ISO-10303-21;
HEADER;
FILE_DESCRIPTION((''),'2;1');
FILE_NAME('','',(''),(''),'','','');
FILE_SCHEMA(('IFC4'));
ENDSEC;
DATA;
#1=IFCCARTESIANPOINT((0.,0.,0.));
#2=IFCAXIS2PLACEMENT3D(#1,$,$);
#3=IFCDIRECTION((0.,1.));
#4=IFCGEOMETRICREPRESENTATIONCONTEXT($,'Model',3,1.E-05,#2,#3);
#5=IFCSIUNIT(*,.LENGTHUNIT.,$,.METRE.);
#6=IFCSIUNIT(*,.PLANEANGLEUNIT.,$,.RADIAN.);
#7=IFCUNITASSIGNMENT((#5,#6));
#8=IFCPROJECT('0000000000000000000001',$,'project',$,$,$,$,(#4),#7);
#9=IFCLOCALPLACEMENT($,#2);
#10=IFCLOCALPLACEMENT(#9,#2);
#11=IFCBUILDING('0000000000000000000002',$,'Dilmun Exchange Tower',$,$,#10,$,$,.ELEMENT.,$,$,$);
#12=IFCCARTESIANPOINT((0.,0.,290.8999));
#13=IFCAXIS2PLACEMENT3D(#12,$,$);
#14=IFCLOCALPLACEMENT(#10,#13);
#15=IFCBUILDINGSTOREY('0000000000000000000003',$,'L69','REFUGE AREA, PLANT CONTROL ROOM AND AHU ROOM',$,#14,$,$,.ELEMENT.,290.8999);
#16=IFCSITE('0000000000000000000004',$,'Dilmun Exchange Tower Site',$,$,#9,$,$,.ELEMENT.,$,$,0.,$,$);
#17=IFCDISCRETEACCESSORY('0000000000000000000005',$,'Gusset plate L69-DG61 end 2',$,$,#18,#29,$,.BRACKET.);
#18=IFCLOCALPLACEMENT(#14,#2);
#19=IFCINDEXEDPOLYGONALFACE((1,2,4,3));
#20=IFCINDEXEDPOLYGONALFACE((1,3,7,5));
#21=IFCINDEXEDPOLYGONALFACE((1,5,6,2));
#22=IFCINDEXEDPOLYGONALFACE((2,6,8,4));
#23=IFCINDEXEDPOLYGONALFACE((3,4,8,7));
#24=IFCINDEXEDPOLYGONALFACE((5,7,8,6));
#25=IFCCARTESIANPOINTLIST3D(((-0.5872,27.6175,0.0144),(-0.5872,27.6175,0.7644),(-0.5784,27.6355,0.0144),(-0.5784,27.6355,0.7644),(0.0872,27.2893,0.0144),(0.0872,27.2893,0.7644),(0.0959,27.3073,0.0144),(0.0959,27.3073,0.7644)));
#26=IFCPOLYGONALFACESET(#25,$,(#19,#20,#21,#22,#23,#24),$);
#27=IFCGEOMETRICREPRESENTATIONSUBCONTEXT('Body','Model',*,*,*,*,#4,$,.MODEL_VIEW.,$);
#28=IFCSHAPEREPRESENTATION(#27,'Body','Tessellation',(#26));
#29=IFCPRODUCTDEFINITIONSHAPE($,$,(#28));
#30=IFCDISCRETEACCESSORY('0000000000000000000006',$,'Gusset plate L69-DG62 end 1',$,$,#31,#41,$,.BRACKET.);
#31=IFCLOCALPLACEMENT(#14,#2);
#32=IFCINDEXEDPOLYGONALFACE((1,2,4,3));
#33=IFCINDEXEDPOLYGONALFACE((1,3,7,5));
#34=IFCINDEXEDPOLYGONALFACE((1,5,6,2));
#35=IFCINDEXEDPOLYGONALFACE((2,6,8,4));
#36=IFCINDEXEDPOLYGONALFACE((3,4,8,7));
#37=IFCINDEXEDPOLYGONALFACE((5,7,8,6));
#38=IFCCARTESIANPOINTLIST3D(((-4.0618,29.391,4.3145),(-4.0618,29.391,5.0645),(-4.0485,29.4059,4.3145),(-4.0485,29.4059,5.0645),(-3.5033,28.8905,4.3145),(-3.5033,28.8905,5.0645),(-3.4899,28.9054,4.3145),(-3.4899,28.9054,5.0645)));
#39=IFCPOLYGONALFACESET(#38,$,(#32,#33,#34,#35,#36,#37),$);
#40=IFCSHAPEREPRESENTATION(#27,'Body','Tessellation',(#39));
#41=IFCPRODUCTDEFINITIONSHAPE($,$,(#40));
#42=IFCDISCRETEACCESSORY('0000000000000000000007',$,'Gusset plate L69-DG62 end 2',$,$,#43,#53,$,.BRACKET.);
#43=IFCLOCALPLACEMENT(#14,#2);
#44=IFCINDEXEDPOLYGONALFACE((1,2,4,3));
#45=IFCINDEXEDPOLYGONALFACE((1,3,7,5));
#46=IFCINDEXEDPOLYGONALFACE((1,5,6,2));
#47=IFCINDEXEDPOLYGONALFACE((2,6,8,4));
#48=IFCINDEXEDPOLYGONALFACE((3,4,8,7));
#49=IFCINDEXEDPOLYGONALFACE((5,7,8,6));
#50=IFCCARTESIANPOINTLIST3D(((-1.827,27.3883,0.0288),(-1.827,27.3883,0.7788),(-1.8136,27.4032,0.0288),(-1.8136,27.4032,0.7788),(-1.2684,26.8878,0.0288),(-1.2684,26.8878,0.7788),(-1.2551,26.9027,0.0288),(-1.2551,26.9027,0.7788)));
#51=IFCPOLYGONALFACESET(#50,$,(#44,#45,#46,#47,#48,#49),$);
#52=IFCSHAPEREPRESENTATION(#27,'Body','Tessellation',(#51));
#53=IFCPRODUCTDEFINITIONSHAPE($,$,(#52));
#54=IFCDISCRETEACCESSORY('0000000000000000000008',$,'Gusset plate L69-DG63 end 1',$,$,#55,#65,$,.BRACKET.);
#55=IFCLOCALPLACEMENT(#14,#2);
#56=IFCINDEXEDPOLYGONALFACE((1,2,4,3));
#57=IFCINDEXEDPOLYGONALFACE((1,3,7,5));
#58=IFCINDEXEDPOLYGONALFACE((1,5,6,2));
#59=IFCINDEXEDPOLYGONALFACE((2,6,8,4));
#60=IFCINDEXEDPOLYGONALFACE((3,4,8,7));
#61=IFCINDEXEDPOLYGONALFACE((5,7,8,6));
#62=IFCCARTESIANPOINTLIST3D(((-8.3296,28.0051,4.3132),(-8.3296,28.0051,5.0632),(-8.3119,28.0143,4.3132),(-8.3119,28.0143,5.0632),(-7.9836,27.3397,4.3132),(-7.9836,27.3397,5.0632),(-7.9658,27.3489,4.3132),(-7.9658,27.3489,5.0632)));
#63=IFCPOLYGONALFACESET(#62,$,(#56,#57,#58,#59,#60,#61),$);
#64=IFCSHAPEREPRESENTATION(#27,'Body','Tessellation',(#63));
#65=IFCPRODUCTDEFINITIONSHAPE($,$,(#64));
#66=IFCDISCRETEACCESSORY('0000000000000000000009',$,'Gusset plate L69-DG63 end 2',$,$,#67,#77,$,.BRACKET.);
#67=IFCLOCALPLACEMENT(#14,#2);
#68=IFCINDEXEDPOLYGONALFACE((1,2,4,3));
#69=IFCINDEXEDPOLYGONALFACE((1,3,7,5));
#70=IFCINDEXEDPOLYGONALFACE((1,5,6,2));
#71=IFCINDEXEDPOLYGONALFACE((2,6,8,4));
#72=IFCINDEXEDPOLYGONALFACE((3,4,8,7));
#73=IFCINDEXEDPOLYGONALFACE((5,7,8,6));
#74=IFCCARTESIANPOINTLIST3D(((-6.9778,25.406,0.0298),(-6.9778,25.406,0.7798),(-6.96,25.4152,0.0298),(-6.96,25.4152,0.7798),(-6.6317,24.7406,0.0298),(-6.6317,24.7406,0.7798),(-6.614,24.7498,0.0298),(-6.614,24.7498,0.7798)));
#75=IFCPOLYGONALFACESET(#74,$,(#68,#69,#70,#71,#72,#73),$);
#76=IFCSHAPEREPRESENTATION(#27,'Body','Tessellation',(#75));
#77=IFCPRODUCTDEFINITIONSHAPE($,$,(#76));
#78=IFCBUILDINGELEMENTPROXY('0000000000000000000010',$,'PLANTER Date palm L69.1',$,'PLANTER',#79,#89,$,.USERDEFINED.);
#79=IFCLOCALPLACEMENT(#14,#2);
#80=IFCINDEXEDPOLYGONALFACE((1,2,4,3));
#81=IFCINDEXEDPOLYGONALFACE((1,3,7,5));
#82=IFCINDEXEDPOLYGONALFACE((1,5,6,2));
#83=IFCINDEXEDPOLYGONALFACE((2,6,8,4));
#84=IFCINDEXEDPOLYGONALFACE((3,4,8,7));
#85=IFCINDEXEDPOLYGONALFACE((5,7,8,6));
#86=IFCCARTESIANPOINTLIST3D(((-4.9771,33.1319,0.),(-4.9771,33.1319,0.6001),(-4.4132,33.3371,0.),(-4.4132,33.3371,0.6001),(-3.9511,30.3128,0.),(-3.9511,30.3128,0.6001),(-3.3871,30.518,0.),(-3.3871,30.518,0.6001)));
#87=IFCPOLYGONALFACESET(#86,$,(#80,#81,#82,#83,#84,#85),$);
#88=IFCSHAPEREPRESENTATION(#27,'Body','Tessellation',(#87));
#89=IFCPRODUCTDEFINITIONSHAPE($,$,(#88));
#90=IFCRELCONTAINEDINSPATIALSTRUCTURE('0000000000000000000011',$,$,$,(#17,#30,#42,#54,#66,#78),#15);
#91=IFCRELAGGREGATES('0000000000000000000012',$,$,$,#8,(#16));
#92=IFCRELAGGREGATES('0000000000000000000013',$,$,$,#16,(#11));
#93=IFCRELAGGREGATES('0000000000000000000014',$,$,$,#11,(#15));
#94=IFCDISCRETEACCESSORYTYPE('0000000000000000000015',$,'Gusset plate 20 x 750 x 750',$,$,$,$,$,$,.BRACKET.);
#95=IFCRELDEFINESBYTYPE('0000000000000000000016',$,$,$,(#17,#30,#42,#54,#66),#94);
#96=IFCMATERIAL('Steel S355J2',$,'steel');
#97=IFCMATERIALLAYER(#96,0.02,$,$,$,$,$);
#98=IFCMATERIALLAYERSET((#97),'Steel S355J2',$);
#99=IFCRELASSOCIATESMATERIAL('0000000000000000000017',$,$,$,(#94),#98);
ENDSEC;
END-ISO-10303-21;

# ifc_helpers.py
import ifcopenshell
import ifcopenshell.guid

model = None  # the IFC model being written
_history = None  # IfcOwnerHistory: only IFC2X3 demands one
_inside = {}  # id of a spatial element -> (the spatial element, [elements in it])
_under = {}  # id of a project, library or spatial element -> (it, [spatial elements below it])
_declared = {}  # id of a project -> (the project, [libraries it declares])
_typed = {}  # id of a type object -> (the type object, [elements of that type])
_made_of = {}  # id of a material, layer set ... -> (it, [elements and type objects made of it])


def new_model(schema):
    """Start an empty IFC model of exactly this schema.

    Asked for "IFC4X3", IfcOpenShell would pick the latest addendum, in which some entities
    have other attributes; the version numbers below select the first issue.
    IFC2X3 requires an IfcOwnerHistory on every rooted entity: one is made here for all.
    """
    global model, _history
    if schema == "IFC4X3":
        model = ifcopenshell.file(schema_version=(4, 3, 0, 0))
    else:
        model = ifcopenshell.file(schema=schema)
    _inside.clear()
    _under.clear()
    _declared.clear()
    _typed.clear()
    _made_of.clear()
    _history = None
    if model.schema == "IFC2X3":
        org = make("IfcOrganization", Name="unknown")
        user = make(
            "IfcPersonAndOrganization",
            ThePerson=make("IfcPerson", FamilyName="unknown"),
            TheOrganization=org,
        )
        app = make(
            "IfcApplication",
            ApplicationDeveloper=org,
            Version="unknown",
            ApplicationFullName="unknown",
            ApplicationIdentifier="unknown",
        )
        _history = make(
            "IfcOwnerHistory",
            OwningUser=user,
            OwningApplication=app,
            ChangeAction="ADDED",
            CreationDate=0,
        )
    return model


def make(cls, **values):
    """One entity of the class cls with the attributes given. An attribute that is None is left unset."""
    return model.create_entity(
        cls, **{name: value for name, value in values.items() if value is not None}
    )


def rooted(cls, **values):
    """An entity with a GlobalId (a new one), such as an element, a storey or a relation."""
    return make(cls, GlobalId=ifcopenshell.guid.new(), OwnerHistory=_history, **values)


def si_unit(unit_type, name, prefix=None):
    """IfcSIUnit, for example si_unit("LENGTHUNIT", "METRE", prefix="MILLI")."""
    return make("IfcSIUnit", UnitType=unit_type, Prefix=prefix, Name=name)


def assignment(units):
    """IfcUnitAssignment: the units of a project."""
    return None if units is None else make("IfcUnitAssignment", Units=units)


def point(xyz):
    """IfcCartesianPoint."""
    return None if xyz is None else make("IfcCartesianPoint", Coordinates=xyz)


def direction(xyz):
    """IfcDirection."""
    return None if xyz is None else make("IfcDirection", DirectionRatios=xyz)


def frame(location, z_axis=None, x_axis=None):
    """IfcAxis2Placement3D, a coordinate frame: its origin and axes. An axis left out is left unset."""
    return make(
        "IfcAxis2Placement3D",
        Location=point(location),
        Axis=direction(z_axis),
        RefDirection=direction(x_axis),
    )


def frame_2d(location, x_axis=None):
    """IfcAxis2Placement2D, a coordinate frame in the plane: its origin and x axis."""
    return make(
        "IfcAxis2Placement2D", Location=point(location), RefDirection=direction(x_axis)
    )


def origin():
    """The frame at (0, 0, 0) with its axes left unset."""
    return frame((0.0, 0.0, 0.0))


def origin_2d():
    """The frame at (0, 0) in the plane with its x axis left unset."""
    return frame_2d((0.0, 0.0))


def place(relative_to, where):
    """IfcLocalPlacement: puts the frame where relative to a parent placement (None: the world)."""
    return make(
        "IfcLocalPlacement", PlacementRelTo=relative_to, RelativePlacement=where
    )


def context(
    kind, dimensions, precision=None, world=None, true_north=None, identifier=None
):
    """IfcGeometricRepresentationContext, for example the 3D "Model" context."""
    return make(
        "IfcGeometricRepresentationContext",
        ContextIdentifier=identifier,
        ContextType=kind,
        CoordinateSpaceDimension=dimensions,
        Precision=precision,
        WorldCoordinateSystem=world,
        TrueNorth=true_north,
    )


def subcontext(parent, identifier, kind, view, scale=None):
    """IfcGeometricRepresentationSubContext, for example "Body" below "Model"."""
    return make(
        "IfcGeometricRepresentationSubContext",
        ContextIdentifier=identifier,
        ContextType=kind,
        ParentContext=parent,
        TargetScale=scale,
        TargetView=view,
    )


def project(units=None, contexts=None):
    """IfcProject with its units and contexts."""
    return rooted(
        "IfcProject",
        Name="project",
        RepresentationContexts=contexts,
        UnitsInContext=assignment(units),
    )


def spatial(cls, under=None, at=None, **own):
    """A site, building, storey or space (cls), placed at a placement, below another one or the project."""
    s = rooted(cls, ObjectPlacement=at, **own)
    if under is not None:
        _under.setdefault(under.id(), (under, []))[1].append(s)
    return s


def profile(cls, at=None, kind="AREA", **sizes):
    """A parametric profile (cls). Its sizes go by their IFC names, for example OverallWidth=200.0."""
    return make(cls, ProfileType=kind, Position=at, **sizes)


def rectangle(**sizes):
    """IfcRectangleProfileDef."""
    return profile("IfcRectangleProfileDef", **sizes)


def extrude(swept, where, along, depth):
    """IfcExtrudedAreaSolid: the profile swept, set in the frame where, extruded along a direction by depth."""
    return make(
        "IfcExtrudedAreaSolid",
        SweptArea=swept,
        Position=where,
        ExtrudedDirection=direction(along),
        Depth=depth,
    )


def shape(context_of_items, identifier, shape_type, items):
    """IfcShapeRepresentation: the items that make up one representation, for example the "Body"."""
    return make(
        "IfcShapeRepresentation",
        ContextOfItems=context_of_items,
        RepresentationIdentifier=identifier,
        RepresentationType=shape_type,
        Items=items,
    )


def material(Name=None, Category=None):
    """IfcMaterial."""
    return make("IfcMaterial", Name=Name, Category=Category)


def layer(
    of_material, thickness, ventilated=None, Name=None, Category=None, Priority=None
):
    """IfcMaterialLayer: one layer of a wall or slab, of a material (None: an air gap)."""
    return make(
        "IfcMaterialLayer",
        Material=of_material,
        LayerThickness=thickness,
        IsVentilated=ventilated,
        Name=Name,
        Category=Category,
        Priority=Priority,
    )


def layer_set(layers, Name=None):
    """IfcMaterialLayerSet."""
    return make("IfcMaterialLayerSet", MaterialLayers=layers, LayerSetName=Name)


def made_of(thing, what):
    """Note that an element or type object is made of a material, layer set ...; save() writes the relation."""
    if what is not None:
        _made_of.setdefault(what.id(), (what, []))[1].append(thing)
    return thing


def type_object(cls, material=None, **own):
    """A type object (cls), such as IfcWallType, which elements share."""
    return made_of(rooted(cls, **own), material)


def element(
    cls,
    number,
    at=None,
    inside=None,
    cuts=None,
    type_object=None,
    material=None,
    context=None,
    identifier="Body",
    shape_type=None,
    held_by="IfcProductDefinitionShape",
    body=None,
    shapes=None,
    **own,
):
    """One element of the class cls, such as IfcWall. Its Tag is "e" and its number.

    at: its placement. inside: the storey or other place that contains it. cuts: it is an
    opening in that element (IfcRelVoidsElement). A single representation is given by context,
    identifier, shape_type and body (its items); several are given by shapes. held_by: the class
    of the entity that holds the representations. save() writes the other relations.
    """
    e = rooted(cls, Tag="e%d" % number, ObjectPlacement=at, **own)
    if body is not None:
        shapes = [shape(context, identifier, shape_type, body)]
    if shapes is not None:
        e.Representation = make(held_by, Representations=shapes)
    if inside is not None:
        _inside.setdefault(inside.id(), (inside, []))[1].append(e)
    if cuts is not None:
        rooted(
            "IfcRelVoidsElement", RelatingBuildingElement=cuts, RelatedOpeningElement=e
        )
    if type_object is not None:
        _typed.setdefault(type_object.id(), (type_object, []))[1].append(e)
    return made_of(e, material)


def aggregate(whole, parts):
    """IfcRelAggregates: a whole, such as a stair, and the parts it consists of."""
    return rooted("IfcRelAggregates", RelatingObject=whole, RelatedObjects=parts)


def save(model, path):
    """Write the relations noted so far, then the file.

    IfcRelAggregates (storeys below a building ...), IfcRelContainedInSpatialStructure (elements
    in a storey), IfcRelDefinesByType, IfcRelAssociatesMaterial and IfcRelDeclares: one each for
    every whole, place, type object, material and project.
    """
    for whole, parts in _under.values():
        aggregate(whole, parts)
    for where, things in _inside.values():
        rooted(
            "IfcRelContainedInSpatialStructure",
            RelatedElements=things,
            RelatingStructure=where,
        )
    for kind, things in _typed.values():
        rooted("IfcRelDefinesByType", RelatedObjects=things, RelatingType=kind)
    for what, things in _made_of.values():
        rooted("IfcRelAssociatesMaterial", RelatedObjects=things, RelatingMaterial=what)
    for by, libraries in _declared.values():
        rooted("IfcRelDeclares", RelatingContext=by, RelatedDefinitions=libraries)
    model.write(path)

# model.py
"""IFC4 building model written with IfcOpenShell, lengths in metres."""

from ifc_helpers import new_model, si_unit, direction, frame, origin, origin_2d, place, context, subcontext, project, spatial, rectangle, extrude, material, layer, layer_set, type_object, element, save


model = new_model("IFC4")

# Units and contexts
model_context = context("Model", 3, precision=1e-05, world=origin(), true_north=direction((0.0, 1.0)))
body_context = subcontext(model_context, "Body", "Model", "MODEL_VIEW")
ifc_project = project(units=[si_unit("LENGTHUNIT", "METRE"), si_unit("PLANEANGLEUNIT", "RADIAN")], contexts=[model_context])

# Site, building, storey
site_placement = place(None, origin())
site = spatial("IfcSite", under=ifc_project, at=site_placement, Name="Dilmun Exchange Tower Site", CompositionType="ELEMENT", RefElevation=0.0)
building_placement = place(site_placement, origin())
building = spatial("IfcBuilding", under=site, at=building_placement, Name="Dilmun Exchange Tower", CompositionType="ELEMENT")
storey_placement = place(building_placement, frame((0.0, 0.0, 290.8999)))
storey = spatial("IfcBuildingStorey", under=building, at=storey_placement, Name="L69", Description="REFUGE AREA, PLANT CONTROL ROOM AND AHU ROOM", CompositionType="ELEMENT", Elevation=290.8999)

# Discrete accessories
ifc_material_1 = material(Name="Steel S355J2", Category="steel")
ifc_layer_1 = layer(ifc_material_1, 0.02)
ifc_layer_set_1 = layer_set([ifc_layer_1], Name="Steel S355J2")
discrete_accessory_type = type_object("IfcDiscreteAccessoryType", Name="Gusset plate 20 x 750 x 750", PredefinedType="BRACKET", material=ifc_layer_set_1)
for number, where, z_axis, x_axis, name in (
    (1, (-0.2456, 27.4624, 0.0144), (0.0, 0.0, 1.0), (0.89912, -0.437703, 0.0), "Gusset plate L69-DG61 end 2"),
    (2, (-3.7759, 29.1482, 4.3145), (0.0, 0.0, 1.0), (0.744728, -0.667369, 0.0), "Gusset plate L69-DG62 end 1"),
    (3, (-1.541, 27.1455, 0.0288), (0.0, 0.0, 1.0), (0.744728, -0.667369, 0.0), "Gusset plate L69-DG62 end 2"),
    (4, (-8.1477, 27.677, 4.3132), (0.0, 0.0, 1.0), (0.461417, -0.887183, 0.0), "Gusset plate L69-DG63 end 1"),
    (5, (-6.7959, 25.0779, 0.0298), (0.0, 0.0, 1.0), (0.461417, -0.887183, 0.0), "Gusset plate L69-DG63 end 2"),
):
    element("IfcDiscreteAccessory", number, at=place(storey_placement, frame(where, z_axis=z_axis, x_axis=x_axis)), inside=storey, type_object=discrete_accessory_type, Name=name, PredefinedType="BRACKET", context=body_context, shape_type="SweptSolid", body=[
        extrude(rectangle(XDim=0.75, YDim=0.02, at=origin_2d()), origin(), (0.0, 0.0, 1.0), 0.75),
    ])

# Building element proxy
proxy_placement = place(storey_placement, frame((-4.1821, 31.825, 0.0), z_axis=(0.0, 0.0, 1.0), x_axis=(-0.34202, 0.939693, 0.0)))
element("IfcBuildingElementProxy", 6, at=proxy_placement, inside=storey, Name="PLANTER Date palm L69.1", ObjectType="PLANTER", PredefinedType="USERDEFINED", context=body_context, shape_type="SweptSolid", body=[
    extrude(rectangle(XDim=3.0, YDim=0.6001, at=origin_2d()), origin(), (0.0, 0.0, 1.0), 0.6001),
])

save(model, "model.ifc")
